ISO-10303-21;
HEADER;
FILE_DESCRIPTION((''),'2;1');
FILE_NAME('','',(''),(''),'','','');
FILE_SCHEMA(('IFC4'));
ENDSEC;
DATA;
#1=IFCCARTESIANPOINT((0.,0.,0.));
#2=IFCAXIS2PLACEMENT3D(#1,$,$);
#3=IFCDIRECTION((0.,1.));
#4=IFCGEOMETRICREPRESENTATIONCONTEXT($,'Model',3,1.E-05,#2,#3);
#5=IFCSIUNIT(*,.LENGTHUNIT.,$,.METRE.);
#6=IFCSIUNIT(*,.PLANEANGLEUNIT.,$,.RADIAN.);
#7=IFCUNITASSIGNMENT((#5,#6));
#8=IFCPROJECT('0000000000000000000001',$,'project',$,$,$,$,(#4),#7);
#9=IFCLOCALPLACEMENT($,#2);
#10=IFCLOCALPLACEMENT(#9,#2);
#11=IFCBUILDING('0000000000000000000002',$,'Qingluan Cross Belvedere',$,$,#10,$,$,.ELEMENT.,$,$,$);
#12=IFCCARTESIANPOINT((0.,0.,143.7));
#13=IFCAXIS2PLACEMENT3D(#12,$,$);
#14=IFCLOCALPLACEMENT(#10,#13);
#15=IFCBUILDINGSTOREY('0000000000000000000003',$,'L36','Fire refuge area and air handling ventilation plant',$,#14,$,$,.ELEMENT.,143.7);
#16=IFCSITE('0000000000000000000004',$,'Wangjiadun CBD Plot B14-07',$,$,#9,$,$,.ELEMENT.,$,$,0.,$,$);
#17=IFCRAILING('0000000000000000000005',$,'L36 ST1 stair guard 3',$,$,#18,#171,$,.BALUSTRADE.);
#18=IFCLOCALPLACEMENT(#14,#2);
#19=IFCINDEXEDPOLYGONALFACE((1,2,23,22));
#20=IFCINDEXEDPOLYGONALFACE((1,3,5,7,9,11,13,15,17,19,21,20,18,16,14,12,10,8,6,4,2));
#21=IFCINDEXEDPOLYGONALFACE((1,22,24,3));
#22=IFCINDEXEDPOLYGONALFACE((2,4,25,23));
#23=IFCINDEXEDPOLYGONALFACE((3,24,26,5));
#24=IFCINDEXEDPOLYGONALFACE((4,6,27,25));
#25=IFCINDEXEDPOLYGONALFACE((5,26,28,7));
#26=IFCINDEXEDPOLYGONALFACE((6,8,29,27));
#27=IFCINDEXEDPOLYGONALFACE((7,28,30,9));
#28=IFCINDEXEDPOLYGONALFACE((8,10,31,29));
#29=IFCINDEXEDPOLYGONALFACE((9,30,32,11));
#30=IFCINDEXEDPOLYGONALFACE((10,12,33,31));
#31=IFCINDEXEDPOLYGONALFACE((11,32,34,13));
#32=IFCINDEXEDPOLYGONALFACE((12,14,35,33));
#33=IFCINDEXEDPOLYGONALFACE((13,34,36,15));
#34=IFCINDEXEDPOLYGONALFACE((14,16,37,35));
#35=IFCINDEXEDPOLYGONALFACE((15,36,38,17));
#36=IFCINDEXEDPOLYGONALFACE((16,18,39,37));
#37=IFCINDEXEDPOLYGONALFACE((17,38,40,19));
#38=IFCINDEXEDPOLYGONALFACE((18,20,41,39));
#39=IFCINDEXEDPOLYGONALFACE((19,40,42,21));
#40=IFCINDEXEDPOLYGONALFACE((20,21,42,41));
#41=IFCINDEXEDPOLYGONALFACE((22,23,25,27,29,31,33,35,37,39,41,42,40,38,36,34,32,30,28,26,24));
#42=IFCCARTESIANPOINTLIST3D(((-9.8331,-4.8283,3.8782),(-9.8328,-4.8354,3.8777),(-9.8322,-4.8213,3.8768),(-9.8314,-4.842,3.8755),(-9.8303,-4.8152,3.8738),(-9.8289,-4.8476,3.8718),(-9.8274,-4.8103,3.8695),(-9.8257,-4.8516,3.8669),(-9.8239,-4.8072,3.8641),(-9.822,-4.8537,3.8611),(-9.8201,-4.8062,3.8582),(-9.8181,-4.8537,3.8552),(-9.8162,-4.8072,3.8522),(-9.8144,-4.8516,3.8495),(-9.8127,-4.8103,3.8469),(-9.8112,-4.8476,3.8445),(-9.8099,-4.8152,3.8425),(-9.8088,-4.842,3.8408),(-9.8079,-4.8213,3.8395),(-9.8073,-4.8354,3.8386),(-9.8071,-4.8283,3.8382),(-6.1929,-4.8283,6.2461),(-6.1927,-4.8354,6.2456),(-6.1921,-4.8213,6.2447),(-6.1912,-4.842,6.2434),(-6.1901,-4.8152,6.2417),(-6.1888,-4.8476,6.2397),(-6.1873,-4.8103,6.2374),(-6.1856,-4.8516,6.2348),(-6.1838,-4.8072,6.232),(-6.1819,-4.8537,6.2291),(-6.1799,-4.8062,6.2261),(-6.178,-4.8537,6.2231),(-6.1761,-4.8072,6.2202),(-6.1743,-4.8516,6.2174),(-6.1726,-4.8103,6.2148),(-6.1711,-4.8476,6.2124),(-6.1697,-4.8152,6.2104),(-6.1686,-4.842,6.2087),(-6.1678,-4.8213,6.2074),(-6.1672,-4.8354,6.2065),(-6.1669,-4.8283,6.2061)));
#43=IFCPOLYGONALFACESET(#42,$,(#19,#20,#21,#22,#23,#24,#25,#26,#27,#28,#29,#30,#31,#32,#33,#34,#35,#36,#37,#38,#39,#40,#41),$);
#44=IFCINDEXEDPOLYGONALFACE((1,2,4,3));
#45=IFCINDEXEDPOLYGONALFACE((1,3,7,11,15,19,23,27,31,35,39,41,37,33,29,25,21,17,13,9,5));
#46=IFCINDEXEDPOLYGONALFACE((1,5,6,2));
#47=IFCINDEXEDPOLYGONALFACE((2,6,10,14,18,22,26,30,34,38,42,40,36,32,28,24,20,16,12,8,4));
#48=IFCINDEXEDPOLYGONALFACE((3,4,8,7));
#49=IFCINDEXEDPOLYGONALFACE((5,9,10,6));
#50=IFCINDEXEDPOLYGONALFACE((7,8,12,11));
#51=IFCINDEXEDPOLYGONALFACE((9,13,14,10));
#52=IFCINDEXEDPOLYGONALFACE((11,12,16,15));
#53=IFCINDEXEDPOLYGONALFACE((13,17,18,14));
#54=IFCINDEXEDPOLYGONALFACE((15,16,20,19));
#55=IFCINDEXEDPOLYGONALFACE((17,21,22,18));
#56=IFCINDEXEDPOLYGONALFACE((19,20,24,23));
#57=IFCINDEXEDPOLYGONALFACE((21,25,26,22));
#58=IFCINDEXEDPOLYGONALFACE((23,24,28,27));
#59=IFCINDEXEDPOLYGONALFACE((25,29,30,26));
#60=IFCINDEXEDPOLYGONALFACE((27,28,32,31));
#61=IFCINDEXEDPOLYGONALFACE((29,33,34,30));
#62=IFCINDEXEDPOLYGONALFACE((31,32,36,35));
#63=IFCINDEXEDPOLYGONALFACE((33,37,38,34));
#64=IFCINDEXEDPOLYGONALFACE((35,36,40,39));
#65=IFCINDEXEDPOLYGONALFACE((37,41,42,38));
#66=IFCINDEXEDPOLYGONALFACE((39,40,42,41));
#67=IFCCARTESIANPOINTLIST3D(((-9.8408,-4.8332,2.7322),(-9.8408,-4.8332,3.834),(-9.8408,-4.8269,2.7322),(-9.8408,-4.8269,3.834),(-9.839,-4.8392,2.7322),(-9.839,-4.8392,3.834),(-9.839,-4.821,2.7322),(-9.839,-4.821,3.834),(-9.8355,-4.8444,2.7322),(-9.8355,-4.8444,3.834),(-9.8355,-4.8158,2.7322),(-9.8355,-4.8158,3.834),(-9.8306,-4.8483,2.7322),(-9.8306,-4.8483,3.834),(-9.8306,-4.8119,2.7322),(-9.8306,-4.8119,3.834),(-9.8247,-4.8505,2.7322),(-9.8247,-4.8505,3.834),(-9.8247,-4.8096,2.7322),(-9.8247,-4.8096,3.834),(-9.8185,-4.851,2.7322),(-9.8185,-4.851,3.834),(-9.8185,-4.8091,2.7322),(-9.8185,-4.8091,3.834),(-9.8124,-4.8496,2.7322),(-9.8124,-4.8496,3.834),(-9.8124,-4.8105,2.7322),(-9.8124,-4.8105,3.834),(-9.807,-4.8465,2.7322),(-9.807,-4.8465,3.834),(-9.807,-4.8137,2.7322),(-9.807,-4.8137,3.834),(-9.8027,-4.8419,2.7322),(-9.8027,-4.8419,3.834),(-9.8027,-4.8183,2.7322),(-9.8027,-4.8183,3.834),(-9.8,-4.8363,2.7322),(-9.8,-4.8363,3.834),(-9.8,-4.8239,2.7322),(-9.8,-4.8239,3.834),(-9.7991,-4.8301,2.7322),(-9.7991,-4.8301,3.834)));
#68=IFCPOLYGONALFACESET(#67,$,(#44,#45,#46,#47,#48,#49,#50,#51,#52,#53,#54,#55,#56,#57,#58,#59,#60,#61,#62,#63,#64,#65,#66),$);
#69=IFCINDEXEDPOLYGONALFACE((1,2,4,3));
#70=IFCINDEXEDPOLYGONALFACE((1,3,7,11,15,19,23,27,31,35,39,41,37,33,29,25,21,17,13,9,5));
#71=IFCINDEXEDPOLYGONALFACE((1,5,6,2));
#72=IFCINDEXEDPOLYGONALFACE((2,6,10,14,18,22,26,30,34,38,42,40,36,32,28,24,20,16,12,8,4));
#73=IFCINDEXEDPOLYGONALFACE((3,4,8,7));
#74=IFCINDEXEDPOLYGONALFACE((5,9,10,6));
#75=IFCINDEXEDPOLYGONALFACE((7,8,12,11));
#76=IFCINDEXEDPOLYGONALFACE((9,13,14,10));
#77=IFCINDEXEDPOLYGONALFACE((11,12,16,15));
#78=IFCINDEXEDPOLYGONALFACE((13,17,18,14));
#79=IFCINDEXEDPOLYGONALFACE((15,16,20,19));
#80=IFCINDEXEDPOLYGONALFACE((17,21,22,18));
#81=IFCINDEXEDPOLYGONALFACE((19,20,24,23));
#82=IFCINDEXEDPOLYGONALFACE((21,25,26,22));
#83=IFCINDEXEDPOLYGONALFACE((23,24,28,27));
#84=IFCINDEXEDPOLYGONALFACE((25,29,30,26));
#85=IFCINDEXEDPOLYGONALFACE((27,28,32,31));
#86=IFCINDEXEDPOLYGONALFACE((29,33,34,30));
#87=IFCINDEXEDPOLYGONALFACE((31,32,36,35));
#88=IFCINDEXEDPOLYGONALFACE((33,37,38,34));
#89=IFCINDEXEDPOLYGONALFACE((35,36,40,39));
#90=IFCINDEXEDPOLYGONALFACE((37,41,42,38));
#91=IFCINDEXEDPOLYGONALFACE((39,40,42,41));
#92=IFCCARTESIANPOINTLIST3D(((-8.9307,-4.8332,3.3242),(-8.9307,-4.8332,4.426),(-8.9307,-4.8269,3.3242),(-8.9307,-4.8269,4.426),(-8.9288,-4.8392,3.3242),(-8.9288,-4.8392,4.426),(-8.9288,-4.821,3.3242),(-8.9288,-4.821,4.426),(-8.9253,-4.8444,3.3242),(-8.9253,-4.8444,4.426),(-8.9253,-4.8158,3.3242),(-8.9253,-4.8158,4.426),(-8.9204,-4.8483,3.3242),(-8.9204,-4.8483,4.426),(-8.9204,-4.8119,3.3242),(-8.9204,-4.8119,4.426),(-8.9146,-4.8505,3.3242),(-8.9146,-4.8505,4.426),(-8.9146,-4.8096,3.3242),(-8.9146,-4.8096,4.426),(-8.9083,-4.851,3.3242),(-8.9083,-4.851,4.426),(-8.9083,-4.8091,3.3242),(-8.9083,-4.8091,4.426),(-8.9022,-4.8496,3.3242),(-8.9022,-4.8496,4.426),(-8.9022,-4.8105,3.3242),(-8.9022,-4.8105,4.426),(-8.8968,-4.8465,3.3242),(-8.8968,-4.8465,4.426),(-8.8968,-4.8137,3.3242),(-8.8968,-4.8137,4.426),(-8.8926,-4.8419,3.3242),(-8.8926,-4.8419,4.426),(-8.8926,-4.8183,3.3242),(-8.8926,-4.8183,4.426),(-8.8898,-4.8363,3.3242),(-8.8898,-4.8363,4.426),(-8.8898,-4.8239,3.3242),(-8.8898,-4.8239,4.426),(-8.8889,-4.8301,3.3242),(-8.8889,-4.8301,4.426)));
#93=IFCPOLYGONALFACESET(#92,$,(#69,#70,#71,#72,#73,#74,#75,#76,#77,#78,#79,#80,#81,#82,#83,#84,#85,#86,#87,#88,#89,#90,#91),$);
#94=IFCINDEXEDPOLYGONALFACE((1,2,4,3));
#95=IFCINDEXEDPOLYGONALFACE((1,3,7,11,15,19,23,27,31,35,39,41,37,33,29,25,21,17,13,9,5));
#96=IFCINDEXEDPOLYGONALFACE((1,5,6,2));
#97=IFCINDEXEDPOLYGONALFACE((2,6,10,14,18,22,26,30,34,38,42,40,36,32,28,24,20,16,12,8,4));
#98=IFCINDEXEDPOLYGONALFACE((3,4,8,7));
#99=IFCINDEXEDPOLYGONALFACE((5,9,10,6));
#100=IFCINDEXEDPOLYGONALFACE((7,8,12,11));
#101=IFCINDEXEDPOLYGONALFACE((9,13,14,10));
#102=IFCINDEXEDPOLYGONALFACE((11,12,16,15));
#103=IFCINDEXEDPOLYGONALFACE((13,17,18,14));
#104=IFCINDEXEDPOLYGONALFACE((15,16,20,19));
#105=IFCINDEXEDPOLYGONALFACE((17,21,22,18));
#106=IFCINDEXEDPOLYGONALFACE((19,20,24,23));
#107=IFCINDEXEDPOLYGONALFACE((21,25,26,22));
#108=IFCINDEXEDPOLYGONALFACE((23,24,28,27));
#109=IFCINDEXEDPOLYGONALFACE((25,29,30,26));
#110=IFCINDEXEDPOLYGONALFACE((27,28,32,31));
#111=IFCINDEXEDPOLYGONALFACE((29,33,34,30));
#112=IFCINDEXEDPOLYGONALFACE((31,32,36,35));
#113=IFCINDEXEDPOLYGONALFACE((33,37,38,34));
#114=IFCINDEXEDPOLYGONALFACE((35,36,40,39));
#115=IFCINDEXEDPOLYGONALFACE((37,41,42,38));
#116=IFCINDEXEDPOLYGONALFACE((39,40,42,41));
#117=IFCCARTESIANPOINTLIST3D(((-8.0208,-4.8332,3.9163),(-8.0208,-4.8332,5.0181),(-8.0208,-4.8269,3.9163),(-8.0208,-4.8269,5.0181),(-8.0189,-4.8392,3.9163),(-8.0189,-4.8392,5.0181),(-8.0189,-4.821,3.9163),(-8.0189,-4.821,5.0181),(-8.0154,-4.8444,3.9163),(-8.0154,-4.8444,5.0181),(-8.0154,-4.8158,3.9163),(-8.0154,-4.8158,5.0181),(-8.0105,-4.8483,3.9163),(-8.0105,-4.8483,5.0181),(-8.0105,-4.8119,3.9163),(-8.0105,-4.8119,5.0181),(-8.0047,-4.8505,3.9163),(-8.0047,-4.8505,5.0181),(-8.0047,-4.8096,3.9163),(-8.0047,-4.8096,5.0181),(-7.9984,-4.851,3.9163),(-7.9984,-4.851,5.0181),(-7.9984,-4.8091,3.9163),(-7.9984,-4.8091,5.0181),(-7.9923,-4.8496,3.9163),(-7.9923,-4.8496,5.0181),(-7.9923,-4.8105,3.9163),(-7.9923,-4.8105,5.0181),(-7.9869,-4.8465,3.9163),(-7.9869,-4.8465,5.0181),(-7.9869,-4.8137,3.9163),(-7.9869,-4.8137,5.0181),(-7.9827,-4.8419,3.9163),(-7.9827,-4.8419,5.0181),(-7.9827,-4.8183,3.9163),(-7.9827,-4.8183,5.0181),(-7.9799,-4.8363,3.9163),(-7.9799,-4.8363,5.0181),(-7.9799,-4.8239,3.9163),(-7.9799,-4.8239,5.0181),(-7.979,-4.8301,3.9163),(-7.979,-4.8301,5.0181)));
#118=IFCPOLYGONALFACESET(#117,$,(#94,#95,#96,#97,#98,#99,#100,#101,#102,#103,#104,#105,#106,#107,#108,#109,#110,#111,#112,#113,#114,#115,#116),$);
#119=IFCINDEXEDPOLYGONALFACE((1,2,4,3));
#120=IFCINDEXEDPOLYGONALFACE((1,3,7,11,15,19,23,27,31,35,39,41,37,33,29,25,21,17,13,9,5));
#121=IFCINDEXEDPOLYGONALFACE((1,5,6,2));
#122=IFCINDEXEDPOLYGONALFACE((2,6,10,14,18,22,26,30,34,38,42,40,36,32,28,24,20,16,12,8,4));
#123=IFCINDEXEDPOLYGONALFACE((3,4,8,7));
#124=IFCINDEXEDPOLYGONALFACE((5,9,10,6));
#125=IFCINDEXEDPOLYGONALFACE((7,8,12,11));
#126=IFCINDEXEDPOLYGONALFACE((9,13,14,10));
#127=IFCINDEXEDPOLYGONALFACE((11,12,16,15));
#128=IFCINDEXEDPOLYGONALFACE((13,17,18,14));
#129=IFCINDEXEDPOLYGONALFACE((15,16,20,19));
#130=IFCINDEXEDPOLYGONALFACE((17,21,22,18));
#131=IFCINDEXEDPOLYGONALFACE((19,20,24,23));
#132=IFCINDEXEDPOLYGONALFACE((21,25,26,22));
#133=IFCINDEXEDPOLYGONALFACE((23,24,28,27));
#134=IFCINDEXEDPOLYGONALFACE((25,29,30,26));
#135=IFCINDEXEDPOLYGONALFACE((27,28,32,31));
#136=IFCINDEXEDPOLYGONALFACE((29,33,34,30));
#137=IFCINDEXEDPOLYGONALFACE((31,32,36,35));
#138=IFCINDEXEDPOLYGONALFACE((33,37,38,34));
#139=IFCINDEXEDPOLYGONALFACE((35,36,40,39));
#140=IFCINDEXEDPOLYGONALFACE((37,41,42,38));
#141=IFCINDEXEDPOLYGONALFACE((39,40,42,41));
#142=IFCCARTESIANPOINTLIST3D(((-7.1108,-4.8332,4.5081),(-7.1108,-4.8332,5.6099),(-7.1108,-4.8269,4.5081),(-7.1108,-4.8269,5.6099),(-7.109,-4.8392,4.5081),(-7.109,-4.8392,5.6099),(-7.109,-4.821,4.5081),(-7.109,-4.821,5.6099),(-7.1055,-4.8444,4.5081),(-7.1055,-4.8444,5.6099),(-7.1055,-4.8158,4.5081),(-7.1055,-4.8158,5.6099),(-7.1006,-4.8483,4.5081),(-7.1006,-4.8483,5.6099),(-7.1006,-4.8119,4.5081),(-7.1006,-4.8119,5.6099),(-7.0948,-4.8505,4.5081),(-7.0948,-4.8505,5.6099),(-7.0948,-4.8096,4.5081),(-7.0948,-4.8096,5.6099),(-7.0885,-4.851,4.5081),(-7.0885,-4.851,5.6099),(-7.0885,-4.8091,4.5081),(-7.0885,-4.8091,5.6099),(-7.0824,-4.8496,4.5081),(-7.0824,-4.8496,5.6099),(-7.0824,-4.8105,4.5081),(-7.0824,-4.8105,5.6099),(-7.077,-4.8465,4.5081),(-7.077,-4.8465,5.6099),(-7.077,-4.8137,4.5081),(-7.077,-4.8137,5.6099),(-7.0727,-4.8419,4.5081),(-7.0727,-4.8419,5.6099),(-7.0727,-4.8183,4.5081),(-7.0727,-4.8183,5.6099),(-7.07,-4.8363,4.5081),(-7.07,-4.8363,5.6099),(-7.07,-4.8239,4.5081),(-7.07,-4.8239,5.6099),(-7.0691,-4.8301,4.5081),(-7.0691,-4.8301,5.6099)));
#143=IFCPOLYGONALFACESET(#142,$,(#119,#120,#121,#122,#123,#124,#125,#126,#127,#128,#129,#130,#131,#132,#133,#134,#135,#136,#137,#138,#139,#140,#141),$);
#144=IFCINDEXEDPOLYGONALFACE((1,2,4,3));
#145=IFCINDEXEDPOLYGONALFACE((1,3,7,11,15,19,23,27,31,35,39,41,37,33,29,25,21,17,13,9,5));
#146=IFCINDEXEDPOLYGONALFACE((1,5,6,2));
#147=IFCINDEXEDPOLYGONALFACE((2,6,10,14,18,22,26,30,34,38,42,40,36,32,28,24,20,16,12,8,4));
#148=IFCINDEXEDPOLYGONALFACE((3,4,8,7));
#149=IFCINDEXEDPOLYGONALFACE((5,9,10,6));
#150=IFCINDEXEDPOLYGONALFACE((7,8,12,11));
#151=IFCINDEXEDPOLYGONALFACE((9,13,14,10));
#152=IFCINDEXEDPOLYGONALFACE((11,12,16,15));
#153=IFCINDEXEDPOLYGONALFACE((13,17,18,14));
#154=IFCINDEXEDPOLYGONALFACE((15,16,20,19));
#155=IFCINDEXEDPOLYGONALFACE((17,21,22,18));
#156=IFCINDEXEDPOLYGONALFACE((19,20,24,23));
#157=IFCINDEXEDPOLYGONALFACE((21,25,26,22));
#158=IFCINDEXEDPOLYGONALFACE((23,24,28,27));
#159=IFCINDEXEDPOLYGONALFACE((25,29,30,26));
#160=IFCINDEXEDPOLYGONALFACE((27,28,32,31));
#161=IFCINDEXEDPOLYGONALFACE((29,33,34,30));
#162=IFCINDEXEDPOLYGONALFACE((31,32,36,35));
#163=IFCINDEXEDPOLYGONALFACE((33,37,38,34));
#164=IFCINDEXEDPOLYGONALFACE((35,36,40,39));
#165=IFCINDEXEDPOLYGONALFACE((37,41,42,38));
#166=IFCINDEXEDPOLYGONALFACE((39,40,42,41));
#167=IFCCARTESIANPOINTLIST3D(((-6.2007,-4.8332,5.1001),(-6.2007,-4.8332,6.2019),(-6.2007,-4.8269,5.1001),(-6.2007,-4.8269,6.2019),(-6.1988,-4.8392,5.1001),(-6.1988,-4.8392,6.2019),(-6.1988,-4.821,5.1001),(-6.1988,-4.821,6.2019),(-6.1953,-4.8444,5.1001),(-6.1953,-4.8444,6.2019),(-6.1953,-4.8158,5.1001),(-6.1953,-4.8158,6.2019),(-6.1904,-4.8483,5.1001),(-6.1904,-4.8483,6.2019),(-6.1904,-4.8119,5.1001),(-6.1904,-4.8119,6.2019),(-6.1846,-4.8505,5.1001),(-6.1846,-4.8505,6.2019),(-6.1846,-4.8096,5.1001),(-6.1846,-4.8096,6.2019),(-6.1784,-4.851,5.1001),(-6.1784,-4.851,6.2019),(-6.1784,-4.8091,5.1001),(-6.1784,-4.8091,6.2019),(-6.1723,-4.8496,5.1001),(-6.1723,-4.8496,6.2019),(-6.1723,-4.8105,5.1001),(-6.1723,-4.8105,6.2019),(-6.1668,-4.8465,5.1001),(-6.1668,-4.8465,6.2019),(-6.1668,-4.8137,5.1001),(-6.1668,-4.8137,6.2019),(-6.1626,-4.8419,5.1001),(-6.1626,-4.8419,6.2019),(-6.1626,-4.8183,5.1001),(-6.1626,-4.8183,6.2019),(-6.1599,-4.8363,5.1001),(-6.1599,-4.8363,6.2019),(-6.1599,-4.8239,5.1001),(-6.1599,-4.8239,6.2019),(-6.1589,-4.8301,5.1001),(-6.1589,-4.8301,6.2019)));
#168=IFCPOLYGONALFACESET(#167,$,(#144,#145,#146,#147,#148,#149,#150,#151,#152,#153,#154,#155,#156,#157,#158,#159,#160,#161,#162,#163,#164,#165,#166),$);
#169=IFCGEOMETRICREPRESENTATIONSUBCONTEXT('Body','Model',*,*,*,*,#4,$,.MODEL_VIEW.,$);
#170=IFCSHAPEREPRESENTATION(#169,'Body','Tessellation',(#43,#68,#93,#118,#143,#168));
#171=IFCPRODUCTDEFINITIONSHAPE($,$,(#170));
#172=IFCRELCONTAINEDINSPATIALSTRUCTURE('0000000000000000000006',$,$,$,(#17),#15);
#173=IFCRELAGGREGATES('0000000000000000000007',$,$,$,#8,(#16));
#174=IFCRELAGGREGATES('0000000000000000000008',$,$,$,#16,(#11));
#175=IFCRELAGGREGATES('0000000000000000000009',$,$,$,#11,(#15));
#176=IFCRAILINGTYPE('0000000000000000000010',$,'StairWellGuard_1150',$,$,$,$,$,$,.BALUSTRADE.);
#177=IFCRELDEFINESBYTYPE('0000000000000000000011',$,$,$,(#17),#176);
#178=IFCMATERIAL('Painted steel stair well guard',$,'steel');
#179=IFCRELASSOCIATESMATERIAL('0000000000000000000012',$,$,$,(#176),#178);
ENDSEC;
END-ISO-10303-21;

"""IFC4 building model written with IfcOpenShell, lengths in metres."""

from ifc_helpers import new_model, si_unit, direction, frame, origin, origin_2d, place, context, subcontext, project, spatial, circle, extrude, material, type_object, element, save


model = new_model("IFC4")

# Units and contexts
model_context = context("Model", 3, precision=1e-05, world=origin(), true_north=direction((0.0, 1.0)))
body_context = subcontext(model_context, "Body", "Model", "MODEL_VIEW")
ifc_project = project(units=[si_unit("LENGTHUNIT", "METRE"), si_unit("PLANEANGLEUNIT", "RADIAN")], contexts=[model_context])

# Site, building, storey
site_placement = place(None, origin())
site = spatial("IfcSite", under=ifc_project, at=site_placement, Name="Wangjiadun CBD Plot B14-07", CompositionType="ELEMENT", RefElevation=0.0)
building_placement = place(site_placement, origin())
building = spatial("IfcBuilding", under=site, at=building_placement, Name="Qingluan Cross Belvedere", CompositionType="ELEMENT")
storey_placement = place(building_placement, frame((0.0, 0.0, 143.7)))
storey = spatial("IfcBuildingStorey", under=building, at=storey_placement, Name="L36", Description="Fire refuge area and air handling ventilation plant", CompositionType="ELEMENT", Elevation=143.7)

# Railing
ifc_material_1 = material(Name="Painted steel stair well guard", Category="steel")
railing_type_1 = type_object("IfcRailingType", Name="StairWellGuard_1150", PredefinedType="BALUSTRADE", material=ifc_material_1)
railing_1_placement = place(storey_placement, frame((-9.8201, -4.8301, 2.7322)))
element("IfcRailing", 1, at=railing_1_placement, inside=storey, type_object=railing_type_1, Name="L36 ST1 stair guard 3", PredefinedType="BALUSTRADE", context=body_context, shape_type="SweptSolid", body=[
    extrude(circle(Radius=0.0239, at=origin_2d()), frame((0.0, 0.0, 1.126), z_axis=(0.838251, 0.0, 0.545285), x_axis=(0.0, 1.0, 0.0)), (0.0, 0.0, 1.0), 4.3425),
    extrude(circle(Radius=0.021, at=origin_2d()), origin(), (0.0, 0.0, 1.0), 1.1018),
    extrude(circle(Radius=0.021, at=origin_2d()), frame((0.9102, 0.0, 0.592)), (0.0, 0.0, 1.0), 1.1018),
    extrude(circle(Radius=0.021, at=origin_2d()), frame((1.8201, 0.0, 1.1841)), (0.0, 0.0, 1.0), 1.1018),
    extrude(circle(Radius=0.021, at=origin_2d()), frame((2.73, 0.0, 1.7759)), (0.0, 0.0, 1.0), 1.1018),
    extrude(circle(Radius=0.021, at=origin_2d()), frame((3.6401, 0.0, 2.3679)), (0.0, 0.0, 1.0), 1.1018),
])

save(model, "model.ifc")
